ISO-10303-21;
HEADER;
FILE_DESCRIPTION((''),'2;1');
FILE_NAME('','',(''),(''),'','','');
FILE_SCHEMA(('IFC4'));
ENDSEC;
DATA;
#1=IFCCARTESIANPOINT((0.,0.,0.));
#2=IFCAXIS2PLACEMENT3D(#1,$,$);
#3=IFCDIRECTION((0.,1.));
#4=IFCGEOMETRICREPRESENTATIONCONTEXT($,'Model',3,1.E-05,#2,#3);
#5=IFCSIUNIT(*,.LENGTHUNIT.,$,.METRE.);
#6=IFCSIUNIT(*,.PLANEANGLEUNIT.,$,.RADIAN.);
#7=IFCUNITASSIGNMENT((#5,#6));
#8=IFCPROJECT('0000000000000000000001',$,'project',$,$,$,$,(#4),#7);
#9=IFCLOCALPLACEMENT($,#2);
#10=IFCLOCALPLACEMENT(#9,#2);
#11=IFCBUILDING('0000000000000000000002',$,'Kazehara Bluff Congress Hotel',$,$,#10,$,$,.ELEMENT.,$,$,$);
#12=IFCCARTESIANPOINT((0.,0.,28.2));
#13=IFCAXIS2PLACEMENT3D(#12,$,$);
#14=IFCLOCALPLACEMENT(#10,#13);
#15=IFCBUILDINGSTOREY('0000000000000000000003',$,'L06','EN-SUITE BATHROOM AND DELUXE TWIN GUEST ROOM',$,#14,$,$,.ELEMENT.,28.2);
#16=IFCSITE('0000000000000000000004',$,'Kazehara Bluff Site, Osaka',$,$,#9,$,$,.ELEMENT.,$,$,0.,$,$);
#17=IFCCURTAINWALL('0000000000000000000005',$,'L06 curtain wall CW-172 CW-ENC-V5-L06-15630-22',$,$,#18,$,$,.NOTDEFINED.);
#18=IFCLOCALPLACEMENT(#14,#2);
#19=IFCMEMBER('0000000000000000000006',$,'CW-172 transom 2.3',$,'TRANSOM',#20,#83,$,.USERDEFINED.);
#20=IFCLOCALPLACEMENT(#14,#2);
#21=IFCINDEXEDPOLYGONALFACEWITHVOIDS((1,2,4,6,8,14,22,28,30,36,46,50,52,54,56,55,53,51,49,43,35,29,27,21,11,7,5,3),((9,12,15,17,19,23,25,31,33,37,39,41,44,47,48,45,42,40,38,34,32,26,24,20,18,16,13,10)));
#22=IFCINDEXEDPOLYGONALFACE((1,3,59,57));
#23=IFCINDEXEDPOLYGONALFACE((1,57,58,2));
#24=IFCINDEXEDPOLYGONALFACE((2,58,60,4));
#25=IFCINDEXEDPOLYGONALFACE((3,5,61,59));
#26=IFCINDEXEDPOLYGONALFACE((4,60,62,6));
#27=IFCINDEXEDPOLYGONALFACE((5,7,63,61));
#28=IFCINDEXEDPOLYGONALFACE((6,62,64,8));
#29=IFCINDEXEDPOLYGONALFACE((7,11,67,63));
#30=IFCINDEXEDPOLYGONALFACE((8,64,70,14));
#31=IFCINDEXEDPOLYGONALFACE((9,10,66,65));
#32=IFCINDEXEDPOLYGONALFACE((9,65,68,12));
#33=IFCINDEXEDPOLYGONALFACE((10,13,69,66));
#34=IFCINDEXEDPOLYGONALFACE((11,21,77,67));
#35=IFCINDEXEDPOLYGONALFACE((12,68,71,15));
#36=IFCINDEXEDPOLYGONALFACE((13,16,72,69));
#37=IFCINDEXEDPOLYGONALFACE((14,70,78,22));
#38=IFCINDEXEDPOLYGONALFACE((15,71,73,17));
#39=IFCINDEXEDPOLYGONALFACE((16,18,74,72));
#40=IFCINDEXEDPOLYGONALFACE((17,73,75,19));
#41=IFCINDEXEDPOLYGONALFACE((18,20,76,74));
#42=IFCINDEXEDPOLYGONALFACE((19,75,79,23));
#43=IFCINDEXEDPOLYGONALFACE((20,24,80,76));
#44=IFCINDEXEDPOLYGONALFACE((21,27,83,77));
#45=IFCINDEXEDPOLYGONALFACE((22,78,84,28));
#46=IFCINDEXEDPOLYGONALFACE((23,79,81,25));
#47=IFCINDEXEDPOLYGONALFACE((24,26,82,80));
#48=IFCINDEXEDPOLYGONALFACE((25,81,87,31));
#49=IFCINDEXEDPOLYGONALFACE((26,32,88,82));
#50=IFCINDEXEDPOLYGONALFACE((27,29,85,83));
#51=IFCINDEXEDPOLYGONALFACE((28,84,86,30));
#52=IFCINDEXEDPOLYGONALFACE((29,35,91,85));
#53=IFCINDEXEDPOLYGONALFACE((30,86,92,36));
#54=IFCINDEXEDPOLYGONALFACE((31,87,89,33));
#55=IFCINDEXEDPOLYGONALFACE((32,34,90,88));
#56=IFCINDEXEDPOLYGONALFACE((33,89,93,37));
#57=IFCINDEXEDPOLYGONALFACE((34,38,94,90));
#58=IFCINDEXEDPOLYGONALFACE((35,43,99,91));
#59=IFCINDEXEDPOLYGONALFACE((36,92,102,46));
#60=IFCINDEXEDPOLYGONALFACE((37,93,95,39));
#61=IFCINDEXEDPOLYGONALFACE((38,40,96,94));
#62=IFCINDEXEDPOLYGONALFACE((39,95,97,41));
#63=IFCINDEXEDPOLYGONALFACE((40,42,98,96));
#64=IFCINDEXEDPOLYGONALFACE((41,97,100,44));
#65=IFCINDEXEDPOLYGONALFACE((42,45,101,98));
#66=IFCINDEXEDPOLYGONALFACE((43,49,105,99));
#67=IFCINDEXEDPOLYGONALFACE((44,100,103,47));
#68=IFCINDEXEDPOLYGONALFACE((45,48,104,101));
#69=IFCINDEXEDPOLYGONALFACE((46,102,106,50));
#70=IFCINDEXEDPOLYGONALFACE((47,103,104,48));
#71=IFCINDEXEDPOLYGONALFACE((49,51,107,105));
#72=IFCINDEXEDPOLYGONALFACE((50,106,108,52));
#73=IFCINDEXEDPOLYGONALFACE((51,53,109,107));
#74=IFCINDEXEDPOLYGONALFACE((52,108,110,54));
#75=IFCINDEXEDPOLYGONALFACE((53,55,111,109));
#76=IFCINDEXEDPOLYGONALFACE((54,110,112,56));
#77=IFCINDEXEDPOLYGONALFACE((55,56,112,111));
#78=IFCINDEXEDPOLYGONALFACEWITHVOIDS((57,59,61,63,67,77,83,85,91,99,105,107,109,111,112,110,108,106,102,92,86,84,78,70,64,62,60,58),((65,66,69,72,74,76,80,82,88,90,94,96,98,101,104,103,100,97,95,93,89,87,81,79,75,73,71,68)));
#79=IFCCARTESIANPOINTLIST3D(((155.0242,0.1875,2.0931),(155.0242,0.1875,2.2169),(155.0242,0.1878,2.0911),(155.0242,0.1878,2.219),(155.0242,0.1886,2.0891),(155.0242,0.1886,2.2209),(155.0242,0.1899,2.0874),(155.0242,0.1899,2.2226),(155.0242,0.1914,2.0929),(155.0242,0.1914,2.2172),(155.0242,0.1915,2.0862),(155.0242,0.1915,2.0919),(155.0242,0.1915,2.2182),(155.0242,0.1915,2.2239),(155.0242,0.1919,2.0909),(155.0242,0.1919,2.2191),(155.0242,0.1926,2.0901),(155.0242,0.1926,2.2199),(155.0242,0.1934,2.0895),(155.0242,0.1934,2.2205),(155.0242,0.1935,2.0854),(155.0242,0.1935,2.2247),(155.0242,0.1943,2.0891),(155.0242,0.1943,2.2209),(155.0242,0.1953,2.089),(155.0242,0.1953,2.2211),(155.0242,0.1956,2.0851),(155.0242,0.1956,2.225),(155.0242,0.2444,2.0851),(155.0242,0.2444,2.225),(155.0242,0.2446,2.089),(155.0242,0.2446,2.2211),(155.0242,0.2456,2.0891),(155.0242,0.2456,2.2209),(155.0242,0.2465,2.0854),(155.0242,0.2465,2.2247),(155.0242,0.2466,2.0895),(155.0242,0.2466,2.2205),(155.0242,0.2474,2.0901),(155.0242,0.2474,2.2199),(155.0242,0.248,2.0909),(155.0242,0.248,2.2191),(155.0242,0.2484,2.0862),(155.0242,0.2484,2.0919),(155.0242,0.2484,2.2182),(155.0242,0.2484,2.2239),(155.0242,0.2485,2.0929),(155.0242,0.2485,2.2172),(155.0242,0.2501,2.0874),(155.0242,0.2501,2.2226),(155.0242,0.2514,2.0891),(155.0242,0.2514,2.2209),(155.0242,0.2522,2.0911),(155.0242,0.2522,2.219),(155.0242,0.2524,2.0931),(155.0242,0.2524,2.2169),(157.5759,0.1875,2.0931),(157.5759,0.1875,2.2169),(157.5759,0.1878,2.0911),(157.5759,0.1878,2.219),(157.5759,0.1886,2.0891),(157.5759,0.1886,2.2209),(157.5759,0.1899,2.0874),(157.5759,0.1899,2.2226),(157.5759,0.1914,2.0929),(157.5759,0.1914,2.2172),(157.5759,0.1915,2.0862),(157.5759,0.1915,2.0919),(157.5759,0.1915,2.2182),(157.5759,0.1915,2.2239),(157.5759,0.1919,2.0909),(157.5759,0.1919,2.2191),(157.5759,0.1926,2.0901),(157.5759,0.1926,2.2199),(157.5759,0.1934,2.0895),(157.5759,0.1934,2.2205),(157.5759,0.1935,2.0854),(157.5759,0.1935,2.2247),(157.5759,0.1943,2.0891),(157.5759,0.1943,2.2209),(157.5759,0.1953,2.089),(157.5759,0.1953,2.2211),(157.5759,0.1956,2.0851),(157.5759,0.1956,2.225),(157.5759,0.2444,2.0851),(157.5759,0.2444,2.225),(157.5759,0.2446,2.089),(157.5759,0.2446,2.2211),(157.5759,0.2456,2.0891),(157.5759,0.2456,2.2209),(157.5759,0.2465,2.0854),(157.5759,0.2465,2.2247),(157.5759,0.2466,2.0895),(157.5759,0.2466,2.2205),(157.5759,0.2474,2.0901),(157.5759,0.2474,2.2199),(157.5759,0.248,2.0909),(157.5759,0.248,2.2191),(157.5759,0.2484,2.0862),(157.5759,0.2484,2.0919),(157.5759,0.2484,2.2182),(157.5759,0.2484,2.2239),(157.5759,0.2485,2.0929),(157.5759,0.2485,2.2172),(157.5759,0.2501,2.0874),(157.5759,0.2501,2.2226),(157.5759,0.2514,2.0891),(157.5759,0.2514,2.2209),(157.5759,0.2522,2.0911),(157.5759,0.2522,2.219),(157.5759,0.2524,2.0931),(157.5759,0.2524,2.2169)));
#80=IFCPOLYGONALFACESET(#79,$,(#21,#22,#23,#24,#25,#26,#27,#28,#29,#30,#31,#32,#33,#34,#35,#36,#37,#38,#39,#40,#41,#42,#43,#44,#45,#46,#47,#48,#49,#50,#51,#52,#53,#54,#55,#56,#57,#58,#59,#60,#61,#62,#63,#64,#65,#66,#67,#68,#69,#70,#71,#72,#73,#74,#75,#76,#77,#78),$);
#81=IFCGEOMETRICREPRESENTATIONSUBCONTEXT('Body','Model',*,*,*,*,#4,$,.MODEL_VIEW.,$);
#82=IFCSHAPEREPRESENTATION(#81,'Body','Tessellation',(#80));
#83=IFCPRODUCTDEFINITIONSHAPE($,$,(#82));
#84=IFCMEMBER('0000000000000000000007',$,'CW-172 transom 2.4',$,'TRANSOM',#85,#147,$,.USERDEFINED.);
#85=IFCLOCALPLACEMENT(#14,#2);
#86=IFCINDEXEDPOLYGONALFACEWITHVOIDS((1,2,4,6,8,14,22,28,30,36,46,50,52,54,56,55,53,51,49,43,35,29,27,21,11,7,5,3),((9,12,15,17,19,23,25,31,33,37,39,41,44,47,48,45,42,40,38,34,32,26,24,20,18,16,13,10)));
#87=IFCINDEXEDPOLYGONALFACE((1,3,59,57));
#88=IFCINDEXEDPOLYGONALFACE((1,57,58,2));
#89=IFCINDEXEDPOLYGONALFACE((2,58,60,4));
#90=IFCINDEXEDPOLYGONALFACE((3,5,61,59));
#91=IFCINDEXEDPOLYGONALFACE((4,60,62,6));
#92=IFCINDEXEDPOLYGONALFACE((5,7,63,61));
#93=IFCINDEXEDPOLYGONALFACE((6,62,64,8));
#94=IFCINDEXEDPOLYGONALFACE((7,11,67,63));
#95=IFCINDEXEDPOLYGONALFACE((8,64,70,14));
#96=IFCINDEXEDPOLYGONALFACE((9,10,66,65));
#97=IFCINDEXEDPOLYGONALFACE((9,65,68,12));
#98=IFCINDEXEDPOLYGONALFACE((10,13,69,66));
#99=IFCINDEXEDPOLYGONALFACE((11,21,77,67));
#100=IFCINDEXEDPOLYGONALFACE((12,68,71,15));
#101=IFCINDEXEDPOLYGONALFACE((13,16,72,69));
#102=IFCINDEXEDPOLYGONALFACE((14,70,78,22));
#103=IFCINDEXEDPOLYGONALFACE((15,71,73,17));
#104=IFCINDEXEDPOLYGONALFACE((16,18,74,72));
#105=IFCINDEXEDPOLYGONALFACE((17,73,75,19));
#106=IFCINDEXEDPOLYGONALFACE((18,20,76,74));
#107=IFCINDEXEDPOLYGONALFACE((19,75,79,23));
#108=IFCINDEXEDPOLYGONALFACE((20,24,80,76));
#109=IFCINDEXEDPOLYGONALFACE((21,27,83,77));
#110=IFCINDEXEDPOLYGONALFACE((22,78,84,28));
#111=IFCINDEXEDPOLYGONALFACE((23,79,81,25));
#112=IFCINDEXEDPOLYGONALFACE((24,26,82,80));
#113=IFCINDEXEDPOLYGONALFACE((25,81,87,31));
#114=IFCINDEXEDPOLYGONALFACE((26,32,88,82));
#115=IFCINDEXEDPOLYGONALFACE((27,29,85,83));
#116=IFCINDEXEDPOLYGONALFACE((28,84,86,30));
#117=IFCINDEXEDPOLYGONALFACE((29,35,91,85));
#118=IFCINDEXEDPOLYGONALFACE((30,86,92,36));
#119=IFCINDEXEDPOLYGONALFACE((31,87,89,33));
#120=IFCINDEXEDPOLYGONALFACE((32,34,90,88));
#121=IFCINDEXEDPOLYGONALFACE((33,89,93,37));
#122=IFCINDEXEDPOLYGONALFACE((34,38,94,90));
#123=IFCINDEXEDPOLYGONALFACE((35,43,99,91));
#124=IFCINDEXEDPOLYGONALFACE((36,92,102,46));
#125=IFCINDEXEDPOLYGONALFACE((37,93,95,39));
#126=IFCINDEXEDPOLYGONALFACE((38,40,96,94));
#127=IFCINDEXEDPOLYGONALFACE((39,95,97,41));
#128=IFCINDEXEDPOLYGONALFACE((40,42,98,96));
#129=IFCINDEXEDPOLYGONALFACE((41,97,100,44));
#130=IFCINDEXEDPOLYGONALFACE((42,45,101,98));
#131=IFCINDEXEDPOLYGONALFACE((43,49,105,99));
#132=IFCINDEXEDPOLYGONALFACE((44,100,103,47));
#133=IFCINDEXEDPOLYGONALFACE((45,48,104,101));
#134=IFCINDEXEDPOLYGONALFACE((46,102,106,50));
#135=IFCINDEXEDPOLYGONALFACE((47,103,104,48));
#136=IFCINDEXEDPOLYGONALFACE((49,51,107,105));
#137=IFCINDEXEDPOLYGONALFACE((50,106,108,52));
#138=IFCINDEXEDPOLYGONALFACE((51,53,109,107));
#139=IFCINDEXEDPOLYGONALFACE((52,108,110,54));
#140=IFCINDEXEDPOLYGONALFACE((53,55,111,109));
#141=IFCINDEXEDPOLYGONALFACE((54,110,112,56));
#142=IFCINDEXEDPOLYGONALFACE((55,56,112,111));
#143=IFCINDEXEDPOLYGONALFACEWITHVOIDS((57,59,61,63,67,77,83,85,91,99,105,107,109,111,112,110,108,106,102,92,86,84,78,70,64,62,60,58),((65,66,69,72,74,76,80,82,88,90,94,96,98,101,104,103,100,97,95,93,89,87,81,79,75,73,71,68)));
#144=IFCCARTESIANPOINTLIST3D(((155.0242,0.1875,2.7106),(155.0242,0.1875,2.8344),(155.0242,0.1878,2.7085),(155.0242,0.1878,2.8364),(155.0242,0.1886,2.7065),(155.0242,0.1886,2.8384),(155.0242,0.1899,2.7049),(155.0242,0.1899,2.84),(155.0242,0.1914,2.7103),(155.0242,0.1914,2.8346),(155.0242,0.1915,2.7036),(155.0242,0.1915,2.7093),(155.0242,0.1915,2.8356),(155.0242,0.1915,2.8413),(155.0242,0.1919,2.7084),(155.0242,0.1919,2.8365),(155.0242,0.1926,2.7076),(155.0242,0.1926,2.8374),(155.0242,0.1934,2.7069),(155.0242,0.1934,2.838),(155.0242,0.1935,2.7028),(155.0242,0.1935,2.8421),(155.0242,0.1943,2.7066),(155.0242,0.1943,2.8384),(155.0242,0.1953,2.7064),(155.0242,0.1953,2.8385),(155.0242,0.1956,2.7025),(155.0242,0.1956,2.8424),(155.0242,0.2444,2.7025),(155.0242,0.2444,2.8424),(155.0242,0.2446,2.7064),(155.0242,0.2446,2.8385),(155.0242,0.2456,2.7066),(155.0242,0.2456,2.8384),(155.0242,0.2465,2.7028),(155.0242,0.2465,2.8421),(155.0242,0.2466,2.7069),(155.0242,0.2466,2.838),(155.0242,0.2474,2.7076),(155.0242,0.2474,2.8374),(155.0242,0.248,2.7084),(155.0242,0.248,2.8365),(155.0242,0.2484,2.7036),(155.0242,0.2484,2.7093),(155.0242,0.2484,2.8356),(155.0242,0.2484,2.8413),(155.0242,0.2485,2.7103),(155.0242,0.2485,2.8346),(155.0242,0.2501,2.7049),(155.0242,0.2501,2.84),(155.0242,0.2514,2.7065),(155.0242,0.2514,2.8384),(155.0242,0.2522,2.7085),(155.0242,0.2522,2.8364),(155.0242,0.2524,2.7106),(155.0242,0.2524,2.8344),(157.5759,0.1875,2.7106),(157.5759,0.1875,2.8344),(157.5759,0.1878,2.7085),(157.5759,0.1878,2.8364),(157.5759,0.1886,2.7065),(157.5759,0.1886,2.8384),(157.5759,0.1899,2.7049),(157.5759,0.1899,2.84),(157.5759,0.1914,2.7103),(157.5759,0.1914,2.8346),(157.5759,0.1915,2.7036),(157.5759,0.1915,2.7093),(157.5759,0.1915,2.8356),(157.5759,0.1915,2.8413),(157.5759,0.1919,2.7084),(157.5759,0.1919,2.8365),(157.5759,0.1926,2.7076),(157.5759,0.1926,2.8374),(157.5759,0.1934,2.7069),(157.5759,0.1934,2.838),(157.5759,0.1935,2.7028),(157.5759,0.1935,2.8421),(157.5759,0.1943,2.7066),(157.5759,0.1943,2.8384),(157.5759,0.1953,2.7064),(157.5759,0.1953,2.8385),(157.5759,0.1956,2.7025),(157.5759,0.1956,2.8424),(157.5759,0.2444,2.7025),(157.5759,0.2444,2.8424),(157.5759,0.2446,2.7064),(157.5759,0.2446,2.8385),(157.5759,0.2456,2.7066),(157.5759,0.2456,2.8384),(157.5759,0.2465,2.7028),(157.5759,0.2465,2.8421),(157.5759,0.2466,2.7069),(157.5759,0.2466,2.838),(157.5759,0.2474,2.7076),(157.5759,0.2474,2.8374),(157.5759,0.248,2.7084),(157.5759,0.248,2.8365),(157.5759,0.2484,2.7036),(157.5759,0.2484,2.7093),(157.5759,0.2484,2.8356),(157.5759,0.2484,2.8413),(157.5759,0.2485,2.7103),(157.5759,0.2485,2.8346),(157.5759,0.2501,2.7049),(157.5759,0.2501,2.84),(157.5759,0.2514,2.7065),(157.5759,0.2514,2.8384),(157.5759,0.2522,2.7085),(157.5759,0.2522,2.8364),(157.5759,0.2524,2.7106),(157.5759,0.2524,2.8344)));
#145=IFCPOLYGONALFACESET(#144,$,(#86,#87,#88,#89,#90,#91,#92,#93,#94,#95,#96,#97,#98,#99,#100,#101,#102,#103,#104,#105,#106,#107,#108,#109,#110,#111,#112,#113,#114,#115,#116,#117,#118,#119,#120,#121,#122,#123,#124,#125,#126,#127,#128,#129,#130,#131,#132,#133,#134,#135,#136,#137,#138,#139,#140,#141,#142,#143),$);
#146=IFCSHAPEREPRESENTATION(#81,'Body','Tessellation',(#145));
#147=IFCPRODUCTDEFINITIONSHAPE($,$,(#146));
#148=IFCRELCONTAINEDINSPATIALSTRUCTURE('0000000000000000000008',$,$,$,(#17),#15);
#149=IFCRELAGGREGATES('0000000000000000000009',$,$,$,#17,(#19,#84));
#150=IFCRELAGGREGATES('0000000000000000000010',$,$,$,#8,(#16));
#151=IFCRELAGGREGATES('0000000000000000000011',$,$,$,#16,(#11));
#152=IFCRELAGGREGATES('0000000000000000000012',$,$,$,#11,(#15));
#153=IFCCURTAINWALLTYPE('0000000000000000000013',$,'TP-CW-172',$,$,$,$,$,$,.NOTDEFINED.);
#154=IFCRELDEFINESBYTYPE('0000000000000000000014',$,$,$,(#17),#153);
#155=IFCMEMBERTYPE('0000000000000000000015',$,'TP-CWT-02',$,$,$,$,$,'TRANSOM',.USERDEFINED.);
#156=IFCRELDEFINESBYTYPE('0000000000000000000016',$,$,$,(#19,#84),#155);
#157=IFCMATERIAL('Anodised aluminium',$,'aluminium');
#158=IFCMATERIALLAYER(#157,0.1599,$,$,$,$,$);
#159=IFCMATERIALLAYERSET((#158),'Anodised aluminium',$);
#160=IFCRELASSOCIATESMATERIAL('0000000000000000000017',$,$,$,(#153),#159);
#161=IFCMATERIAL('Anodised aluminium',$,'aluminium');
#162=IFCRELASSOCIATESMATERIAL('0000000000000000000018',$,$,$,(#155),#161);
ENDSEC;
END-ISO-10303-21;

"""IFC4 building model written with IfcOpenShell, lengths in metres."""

from ifc_helpers import new_model, si_unit, direction, frame, origin, origin_2d, place, context, subcontext, project, spatial, hollow_rectangle, extrude, material, layer, layer_set, material_profile, profile_set, type_object, element, aggregate, save


model = new_model("IFC4")

# Units and contexts
model_context = context("Model", 3, precision=1e-05, world=origin(), true_north=direction((0.0, 1.0)))
body_context = subcontext(model_context, "Body", "Model", "MODEL_VIEW")
ifc_project = project(units=[si_unit("LENGTHUNIT", "METRE"), si_unit("PLANEANGLEUNIT", "RADIAN")], contexts=[model_context])

# Site, building, storey
site_placement = place(None, origin())
site = spatial("IfcSite", under=ifc_project, at=site_placement, Name="Kazehara Bluff Site, Osaka", CompositionType="ELEMENT", RefElevation=0.0)
building_placement = place(site_placement, origin())
building = spatial("IfcBuilding", under=site, at=building_placement, Name="Kazehara Bluff Congress Hotel", CompositionType="ELEMENT")
storey_placement = place(building_placement, frame((0.0, 0.0, 28.2)))
storey = spatial("IfcBuildingStorey", under=building, at=storey_placement, Name="L06", Description="EN-SUITE BATHROOM AND DELUXE TWIN GUEST ROOM", CompositionType="ELEMENT", Elevation=28.2)

# Curtain wall, members
ifc_material_1 = material(Name="Anodised aluminium", Category="aluminium")
ifc_layer_1 = layer(ifc_material_1, 0.1599)
ifc_layer_set_1 = layer_set([ifc_layer_1], Name="Anodised aluminium")
curtain_wall_type = type_object("IfcCurtainWallType", Name="TP-CW-172", PredefinedType="NOTDEFINED", material=ifc_layer_set_1)
curtain_wall_placement = place(storey_placement, origin())
curtain_wall = element("IfcCurtainWall", 1, at=curtain_wall_placement, inside=storey, type_object=curtain_wall_type, Name="L06 curtain wall CW-172 CW-ENC-V5-L06-15630-22", PredefinedType="NOTDEFINED")
ifc_material_2 = material(Name="Anodised aluminium", Category="aluminium")
ifc_material_profile_1 = material_profile(ifc_material_2, hollow_rectangle(XDim=0.0649, YDim=0.1399, WallThickness=0.0039, InnerFilletRadius=0.0039, OuterFilletRadius=0.0081, at=origin_2d()))
ifc_profile_set_1 = profile_set([ifc_material_profile_1], Name="Anodised aluminium")
member_type_1 = type_object("IfcMemberType", Name="TP-CWT-02", ElementType="TRANSOM", PredefinedType="USERDEFINED", material=ifc_profile_set_1)
member_1_placement = place(storey_placement, frame((157.5759, 0.22, 2.155), z_axis=(-1.0, 0.0, 0.0), x_axis=(0.0, -1.0, 0.0)))
member_1 = element("IfcMember", 2, at=member_1_placement, type_object=member_type_1, Name="CW-172 transom 2.3", ObjectType="TRANSOM", PredefinedType="USERDEFINED", context=body_context, shape_type="SweptSolid", body=[
    extrude(hollow_rectangle(XDim=0.0649, YDim=0.1399, WallThickness=0.0039, InnerFilletRadius=0.0039, OuterFilletRadius=0.0081, at=origin_2d()), origin(), (0.0, 0.0, 1.0), 2.5518),
])
member_2_placement = place(storey_placement, frame((157.5759, 0.22, 2.7725), z_axis=(-1.0, 0.0, 0.0), x_axis=(0.0, -1.0, 0.0)))
member_2 = element("IfcMember", 3, at=member_2_placement, type_object=member_type_1, Name="CW-172 transom 2.4", ObjectType="TRANSOM", PredefinedType="USERDEFINED", context=body_context, shape_type="SweptSolid", body=[
    extrude(hollow_rectangle(XDim=0.0649, YDim=0.1399, WallThickness=0.0039, InnerFilletRadius=0.0039, OuterFilletRadius=0.0081, at=origin_2d()), origin(), (0.0, 0.0, 1.0), 2.5518),
])
aggregate(curtain_wall, [member_1, member_2])

save(model, "model.ifc")
